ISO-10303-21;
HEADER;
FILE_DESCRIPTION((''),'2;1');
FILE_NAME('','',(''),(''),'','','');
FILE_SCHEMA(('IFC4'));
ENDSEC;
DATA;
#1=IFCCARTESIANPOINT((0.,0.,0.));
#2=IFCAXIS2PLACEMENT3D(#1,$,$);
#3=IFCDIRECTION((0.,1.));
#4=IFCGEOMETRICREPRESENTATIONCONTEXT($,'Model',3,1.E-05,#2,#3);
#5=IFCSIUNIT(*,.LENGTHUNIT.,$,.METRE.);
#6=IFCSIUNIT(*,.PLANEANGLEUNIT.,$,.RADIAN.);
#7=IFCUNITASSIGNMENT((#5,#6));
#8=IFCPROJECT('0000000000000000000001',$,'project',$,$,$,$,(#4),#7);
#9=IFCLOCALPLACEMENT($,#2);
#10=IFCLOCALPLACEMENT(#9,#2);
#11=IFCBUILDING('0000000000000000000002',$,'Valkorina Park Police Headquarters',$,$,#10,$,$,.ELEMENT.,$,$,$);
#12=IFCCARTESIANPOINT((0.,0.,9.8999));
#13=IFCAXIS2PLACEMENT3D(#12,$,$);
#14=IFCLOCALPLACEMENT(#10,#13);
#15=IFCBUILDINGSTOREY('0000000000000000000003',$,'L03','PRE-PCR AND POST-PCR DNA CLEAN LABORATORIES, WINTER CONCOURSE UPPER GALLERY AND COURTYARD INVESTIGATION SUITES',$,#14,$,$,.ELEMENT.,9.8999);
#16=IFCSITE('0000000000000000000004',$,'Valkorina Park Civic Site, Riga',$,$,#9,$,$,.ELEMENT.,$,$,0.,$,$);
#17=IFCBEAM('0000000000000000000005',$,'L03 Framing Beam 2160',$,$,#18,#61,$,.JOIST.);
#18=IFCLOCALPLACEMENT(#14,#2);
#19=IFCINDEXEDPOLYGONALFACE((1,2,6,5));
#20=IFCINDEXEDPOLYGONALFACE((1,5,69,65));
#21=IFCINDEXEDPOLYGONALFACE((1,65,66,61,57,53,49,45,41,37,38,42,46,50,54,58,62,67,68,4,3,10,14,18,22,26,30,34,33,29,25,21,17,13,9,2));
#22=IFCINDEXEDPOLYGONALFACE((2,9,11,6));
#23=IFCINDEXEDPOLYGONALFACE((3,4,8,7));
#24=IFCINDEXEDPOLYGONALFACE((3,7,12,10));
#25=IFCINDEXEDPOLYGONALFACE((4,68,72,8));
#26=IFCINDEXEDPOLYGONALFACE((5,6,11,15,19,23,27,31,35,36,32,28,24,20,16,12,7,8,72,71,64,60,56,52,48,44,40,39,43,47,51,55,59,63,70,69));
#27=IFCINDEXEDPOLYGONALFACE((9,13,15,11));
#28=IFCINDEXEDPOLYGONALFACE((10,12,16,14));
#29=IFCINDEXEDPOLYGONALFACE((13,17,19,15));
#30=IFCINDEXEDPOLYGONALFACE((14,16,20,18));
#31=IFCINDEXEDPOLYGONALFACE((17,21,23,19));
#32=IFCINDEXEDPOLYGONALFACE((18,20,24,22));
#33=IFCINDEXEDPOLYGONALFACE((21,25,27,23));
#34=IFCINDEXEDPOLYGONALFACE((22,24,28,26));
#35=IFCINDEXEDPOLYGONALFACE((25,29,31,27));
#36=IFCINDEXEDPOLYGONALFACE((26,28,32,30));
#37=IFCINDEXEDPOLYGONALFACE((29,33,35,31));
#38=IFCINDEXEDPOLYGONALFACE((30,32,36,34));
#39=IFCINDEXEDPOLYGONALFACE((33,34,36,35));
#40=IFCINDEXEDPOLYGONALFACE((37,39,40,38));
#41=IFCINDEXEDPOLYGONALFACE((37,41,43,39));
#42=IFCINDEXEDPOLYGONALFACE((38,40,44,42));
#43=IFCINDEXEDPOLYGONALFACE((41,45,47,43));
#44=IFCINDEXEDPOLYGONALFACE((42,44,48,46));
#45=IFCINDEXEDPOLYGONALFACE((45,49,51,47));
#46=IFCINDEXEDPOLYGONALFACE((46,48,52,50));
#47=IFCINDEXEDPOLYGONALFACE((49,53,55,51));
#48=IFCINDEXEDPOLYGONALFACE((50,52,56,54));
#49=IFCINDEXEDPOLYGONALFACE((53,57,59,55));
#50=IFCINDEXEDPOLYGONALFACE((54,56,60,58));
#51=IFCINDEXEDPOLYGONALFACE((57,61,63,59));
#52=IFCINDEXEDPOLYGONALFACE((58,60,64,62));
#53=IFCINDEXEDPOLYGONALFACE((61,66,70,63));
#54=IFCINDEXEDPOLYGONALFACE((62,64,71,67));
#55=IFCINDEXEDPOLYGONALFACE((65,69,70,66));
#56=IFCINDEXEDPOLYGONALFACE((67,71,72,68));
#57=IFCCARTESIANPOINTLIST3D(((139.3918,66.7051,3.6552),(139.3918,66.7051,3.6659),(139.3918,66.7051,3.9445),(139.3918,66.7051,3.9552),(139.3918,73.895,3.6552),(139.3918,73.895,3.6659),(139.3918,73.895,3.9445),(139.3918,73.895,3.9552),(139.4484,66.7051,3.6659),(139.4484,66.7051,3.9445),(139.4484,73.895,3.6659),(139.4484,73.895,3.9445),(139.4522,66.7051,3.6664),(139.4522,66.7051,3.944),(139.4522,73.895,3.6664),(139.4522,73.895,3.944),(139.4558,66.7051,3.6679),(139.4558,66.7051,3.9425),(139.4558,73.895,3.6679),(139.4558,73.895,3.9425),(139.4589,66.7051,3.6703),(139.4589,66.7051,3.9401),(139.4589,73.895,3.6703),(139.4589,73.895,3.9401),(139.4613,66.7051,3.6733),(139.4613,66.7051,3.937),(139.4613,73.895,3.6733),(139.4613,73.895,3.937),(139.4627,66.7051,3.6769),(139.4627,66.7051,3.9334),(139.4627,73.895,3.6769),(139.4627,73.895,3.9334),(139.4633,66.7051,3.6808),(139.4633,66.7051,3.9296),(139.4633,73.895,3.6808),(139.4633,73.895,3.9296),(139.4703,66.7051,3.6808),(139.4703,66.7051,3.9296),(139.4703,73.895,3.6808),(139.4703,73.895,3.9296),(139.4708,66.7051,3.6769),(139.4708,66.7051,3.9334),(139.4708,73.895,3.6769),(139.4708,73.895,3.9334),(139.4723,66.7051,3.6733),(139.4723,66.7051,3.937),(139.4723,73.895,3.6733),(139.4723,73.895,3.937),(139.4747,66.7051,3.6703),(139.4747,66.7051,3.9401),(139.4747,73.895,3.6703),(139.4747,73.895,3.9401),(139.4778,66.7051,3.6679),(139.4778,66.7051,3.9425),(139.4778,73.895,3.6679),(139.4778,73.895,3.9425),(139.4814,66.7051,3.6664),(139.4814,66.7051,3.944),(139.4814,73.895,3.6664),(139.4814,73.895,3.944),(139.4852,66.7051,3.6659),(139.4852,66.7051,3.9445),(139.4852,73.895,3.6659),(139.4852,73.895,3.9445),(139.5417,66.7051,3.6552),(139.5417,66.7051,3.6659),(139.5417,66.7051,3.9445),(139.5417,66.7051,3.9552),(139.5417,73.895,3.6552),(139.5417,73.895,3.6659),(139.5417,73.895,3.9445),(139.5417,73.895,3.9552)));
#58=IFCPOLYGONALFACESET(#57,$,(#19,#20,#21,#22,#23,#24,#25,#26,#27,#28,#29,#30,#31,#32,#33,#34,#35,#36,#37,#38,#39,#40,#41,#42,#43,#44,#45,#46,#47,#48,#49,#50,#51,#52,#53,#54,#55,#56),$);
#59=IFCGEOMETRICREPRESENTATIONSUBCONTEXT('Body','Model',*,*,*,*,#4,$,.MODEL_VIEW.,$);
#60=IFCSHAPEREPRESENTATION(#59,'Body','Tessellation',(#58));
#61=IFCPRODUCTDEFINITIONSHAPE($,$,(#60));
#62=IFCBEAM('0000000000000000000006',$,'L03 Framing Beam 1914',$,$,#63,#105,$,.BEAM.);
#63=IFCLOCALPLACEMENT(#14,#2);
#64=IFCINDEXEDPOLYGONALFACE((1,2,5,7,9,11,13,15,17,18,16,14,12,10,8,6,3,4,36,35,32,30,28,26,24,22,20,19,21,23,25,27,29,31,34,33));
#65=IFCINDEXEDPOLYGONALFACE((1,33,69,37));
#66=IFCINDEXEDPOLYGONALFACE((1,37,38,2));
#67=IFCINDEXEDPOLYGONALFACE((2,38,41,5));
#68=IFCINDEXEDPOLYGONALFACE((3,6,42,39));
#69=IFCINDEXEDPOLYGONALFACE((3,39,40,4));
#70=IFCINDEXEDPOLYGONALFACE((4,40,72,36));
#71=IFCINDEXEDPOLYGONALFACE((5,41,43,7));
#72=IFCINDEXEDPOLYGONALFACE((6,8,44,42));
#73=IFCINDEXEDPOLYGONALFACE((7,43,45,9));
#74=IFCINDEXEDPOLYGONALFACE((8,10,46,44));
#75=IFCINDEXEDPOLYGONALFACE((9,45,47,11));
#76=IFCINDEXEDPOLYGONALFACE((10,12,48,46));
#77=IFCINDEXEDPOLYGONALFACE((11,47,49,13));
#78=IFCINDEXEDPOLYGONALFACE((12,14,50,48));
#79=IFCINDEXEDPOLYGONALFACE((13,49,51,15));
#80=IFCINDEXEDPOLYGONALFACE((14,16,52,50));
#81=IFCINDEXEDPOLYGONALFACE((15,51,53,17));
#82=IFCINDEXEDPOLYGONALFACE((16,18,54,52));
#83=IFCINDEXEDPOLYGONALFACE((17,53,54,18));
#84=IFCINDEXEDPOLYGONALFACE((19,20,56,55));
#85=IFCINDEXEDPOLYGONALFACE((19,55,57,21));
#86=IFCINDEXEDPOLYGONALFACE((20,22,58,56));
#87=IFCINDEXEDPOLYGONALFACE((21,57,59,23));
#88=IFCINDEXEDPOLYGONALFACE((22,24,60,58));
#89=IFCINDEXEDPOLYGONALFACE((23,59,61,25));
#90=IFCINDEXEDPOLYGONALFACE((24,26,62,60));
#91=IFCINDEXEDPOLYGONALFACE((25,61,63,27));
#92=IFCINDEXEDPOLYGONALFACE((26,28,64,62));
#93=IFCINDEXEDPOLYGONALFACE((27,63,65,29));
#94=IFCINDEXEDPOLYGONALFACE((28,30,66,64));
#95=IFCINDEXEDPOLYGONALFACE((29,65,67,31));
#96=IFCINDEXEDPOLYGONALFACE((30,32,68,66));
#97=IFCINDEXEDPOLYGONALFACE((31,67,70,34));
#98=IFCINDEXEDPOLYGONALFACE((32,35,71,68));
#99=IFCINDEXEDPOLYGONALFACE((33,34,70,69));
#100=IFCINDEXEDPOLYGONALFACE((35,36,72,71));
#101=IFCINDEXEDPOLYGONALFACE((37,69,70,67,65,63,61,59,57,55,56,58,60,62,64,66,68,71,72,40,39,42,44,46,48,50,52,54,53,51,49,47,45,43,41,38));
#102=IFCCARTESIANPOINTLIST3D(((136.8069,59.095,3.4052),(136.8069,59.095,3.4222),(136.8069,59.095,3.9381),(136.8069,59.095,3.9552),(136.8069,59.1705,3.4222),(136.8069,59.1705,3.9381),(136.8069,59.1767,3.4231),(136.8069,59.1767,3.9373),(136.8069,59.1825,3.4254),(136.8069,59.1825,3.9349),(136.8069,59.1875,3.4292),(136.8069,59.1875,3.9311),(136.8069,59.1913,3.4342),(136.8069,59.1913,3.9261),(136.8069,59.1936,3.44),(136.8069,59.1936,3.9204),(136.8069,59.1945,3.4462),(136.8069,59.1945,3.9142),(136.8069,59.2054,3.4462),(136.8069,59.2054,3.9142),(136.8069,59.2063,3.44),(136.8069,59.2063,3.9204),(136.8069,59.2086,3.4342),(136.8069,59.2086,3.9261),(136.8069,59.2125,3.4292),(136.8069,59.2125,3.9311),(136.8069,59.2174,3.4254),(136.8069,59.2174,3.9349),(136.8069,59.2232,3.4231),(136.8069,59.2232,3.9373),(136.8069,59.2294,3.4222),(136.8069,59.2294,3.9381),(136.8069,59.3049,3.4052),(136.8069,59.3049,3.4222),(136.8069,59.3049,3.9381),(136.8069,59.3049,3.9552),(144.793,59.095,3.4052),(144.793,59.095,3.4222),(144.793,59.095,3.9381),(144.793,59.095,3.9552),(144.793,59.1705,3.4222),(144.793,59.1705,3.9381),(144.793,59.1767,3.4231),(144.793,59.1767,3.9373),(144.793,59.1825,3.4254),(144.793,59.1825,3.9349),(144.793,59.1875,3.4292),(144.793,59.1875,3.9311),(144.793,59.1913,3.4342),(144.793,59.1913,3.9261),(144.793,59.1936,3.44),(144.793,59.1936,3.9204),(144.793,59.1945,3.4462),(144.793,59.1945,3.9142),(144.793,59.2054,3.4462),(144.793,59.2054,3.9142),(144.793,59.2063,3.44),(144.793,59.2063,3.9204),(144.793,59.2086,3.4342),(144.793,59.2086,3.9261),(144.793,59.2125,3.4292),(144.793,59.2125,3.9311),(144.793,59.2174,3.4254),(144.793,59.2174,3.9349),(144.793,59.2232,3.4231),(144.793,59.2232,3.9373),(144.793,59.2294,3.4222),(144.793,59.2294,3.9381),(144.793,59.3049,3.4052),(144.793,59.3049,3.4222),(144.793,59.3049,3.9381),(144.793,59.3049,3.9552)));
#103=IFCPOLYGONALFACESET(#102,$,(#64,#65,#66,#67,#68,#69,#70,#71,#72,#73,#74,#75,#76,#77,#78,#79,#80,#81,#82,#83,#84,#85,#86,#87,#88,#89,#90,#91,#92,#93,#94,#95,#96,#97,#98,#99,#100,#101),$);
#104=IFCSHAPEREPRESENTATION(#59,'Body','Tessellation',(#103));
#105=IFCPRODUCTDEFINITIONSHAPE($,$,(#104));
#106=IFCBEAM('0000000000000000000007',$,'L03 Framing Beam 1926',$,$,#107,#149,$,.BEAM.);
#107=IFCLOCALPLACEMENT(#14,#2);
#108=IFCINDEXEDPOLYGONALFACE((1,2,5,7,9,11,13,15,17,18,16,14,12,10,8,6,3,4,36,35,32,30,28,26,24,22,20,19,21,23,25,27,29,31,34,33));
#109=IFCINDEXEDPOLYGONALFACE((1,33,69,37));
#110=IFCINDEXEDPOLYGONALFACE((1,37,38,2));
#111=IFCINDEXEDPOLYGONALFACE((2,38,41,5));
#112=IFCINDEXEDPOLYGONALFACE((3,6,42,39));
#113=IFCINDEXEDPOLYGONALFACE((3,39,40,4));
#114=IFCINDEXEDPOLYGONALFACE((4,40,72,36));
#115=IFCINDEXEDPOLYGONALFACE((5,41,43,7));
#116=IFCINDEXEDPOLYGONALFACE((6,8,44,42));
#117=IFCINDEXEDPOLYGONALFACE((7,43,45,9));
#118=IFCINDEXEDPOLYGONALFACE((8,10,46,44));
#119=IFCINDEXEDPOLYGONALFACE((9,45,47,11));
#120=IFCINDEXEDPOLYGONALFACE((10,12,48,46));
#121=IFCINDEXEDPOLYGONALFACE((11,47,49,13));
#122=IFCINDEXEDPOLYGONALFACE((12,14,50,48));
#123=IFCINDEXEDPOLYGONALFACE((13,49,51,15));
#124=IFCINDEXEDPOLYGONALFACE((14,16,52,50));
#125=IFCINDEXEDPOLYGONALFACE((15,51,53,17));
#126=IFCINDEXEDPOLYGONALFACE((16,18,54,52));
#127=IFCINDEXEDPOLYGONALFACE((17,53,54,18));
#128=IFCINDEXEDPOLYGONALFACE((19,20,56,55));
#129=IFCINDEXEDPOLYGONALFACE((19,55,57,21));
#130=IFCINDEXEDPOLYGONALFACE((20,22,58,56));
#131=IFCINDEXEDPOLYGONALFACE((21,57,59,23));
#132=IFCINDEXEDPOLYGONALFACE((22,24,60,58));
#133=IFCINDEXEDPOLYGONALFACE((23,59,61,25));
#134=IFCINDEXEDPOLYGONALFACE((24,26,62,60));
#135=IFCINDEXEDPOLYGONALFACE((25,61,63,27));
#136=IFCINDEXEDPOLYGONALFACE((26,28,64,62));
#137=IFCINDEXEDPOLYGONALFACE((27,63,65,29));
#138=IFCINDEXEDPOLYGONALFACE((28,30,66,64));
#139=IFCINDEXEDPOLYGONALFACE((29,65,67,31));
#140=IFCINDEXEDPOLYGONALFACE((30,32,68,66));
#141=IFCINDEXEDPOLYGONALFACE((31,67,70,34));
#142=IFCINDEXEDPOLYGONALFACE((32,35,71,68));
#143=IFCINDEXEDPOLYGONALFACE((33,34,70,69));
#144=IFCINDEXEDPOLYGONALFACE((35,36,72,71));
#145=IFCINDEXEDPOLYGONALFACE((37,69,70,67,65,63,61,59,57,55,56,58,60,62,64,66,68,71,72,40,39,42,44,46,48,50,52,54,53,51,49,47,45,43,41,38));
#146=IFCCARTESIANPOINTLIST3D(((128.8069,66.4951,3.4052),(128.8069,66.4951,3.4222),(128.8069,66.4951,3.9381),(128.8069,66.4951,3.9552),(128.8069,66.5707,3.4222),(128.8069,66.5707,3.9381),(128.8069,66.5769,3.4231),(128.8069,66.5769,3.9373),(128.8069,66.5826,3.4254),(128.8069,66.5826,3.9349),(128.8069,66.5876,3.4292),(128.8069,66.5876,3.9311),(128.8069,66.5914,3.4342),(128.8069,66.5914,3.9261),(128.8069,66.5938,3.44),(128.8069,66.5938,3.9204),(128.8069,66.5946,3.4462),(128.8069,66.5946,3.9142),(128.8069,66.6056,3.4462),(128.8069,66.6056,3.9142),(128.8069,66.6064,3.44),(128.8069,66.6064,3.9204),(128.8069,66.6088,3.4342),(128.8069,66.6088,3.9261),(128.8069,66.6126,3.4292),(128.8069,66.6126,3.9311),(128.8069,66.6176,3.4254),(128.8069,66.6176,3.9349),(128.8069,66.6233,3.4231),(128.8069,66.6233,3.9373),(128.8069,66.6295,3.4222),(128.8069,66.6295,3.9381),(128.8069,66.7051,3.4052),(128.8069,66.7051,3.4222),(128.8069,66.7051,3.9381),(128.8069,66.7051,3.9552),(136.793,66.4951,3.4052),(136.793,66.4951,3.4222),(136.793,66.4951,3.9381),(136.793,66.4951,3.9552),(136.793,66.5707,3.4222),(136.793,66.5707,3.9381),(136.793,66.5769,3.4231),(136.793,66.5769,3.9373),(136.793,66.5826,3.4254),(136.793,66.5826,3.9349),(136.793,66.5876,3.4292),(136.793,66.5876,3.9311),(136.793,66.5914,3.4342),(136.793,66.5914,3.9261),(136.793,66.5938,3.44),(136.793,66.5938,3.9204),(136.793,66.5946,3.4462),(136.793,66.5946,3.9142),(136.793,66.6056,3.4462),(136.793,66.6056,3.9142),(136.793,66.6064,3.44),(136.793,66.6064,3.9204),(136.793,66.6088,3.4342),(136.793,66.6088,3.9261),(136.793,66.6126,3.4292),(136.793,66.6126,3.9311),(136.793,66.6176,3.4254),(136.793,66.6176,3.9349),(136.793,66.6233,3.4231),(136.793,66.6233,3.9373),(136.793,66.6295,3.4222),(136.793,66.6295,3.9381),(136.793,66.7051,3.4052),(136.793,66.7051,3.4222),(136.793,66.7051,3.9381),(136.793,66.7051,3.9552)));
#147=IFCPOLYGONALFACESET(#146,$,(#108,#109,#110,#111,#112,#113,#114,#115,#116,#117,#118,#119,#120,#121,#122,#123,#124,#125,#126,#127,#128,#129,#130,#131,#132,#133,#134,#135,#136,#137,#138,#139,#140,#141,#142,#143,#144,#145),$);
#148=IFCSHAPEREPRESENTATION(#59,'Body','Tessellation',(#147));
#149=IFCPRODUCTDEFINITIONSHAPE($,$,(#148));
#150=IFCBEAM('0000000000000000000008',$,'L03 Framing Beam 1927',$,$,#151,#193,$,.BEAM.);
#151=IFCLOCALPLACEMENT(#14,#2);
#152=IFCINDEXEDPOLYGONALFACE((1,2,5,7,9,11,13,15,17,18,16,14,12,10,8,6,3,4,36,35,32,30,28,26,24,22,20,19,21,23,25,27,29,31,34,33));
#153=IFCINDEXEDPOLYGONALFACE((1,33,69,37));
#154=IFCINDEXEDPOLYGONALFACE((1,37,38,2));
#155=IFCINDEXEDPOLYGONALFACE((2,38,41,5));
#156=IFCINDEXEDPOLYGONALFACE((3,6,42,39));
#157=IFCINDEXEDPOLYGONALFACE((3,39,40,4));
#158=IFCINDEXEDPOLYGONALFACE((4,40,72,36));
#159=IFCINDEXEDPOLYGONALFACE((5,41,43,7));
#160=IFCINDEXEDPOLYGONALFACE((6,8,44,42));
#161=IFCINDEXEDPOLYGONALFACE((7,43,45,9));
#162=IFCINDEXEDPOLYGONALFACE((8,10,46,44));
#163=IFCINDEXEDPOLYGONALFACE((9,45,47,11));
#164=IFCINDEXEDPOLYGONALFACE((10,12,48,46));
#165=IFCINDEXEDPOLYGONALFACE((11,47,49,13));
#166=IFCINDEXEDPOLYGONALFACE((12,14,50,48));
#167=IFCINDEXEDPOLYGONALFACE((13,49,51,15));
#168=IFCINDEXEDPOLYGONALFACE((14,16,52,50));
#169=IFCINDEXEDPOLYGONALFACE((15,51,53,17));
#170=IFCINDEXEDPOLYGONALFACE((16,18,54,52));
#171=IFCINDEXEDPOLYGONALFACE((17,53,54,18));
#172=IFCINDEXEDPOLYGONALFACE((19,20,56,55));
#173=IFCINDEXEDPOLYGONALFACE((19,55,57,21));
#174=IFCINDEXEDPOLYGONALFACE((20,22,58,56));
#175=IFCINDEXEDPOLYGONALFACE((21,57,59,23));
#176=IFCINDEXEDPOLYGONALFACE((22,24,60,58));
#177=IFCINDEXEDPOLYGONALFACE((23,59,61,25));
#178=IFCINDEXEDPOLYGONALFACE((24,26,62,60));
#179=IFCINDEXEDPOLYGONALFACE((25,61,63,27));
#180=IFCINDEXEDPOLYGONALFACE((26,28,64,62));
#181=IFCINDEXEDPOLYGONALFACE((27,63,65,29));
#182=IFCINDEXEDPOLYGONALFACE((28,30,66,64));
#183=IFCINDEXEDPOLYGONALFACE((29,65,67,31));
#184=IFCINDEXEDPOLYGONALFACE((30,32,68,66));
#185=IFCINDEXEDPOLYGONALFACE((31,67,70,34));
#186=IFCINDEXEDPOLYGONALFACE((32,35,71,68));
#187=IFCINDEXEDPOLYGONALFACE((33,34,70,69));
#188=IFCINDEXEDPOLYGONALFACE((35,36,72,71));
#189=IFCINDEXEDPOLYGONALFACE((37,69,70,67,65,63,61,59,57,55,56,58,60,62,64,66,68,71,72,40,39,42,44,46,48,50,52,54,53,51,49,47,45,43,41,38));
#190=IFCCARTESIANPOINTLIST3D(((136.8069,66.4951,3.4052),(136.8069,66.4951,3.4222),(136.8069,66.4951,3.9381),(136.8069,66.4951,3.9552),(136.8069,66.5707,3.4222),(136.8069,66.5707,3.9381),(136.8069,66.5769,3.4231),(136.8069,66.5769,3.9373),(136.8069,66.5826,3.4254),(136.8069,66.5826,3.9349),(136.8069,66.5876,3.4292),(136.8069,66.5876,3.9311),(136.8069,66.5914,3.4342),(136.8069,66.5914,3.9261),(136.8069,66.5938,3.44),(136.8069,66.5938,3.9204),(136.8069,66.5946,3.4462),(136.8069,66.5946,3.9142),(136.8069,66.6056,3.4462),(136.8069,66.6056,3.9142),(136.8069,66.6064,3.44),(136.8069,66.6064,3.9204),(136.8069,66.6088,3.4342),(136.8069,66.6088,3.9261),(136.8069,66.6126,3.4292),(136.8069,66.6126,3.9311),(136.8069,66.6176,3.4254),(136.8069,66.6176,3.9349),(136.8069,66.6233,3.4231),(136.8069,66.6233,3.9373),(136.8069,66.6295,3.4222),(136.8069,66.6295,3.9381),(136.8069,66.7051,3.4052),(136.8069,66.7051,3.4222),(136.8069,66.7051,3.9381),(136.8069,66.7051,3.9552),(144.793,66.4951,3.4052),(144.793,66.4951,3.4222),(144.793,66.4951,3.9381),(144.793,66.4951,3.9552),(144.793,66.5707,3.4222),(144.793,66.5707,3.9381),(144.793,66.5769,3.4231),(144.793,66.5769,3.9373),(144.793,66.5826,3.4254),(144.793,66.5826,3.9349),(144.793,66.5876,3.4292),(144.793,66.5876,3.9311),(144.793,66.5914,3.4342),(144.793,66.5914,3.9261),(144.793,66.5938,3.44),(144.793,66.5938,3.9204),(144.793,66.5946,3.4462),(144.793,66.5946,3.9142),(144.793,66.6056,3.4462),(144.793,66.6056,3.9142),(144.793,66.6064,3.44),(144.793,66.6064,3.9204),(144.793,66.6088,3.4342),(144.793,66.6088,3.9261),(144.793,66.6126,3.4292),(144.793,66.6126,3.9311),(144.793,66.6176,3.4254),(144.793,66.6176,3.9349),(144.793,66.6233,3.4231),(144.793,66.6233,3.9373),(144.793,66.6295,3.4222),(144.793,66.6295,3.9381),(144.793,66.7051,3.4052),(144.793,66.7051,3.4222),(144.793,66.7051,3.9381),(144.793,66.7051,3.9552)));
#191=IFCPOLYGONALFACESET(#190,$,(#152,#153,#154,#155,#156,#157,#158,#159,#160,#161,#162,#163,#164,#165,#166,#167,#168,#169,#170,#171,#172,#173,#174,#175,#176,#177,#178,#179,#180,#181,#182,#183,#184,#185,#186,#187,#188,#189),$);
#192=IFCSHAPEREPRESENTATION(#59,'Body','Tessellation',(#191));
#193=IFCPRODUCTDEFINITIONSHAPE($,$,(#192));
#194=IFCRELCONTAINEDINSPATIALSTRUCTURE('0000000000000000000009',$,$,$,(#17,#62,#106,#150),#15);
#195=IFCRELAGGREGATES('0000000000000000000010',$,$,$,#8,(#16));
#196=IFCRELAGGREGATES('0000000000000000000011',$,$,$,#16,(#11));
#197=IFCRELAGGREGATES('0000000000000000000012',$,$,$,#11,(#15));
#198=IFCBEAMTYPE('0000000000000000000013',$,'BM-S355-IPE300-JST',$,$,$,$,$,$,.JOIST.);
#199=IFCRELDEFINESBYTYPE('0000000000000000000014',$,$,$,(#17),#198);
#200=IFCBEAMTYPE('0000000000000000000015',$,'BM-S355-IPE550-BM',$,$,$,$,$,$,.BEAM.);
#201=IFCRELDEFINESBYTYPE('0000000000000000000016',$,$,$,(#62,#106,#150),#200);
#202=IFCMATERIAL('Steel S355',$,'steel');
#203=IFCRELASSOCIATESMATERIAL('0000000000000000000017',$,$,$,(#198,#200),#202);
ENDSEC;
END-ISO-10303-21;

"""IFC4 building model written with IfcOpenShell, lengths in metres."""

from ifc_helpers import new_model, si_unit, direction, frame, origin, origin_2d, place, context, subcontext, project, spatial, i_section, extrude, material, material_profile, profile_set, type_object, element, save


model = new_model("IFC4")

# Units and contexts
model_context = context("Model", 3, precision=1e-05, world=origin(), true_north=direction((0.0, 1.0)))
body_context = subcontext(model_context, "Body", "Model", "MODEL_VIEW")
ifc_project = project(units=[si_unit("LENGTHUNIT", "METRE"), si_unit("PLANEANGLEUNIT", "RADIAN")], contexts=[model_context])

# Site, building, storey
site_placement = place(None, origin())
site = spatial("IfcSite", under=ifc_project, at=site_placement, Name="Valkorina Park Civic Site, Riga", CompositionType="ELEMENT", RefElevation=0.0)
building_placement = place(site_placement, origin())
building = spatial("IfcBuilding", under=site, at=building_placement, Name="Valkorina Park Police Headquarters", CompositionType="ELEMENT")
storey_placement = place(building_placement, frame((0.0, 0.0, 9.8999)))
storey = spatial("IfcBuildingStorey", under=building, at=storey_placement, Name="L03", Description="PRE-PCR AND POST-PCR DNA CLEAN LABORATORIES, WINTER CONCOURSE UPPER GALLERY AND COURTYARD INVESTIGATION SUITES", CompositionType="ELEMENT", Elevation=9.8999)

# Shared definitions
ifc_material_1 = material(Name="Steel S355", Category="steel")

# Beams
ifc_material_profile_1 = material_profile(ifc_material_1, i_section(OverallWidth=0.1499, OverallDepth=0.3, WebThickness=0.0071, FlangeThickness=0.0107, FilletRadius=0.0149, at=origin_2d()), Name="IPE 300")
ifc_profile_set_1 = profile_set([ifc_material_profile_1], Name="Steel S355")
beam_type_1 = type_object("IfcBeamType", Name="BM-S355-IPE300-JST", PredefinedType="JOIST", material=ifc_profile_set_1)
beam_1_placement = place(storey_placement, frame((139.4668, 66.7051, 3.8052), z_axis=(0.0, 1.0, 0.0), x_axis=(-1.0, 0.0, 0.0)))
element("IfcBeam", 1, at=beam_1_placement, inside=storey, type_object=beam_type_1, Name="L03 Framing Beam 2160", PredefinedType="JOIST", context=body_context, shape_type="SweptSolid", body=[
    extrude(i_section(OverallWidth=0.1499, OverallDepth=0.3, WebThickness=0.0071, FlangeThickness=0.0107, FilletRadius=0.0149, at=origin_2d()), origin(), (0.0, 0.0, 1.0), 7.1899),
])
ifc_material_profile_2 = material_profile(ifc_material_1, i_section(OverallWidth=0.21, OverallDepth=0.55, WebThickness=0.011, FlangeThickness=0.0171, FilletRadius=0.0239, at=origin_2d()), Name="IPE 550")
ifc_profile_set_2 = profile_set([ifc_material_profile_2], Name="Steel S355")
beam_type_2 = type_object("IfcBeamType", Name="BM-S355-IPE550-BM", PredefinedType="BEAM", material=ifc_profile_set_2)
for number, where, z_axis, x_axis, name in (
    (2, (136.8069, 59.2, 3.6802), (1.0, 0.0, 0.0), (0.0, 1.0, 0.0), "L03 Framing Beam 1914"),
    (3, (128.8069, 66.6001, 3.6802), (1.0, 0.0, 0.0), (0.0, 1.0, 0.0), "L03 Framing Beam 1926"),
    (4, (136.8069, 66.6001, 3.6802), (1.0, 0.0, 0.0), (0.0, 1.0, 0.0), "L03 Framing Beam 1927"),
):
    element("IfcBeam", number, at=place(storey_placement, frame(where, z_axis=z_axis, x_axis=x_axis)), inside=storey, type_object=beam_type_2, Name=name, PredefinedType="BEAM", context=body_context, shape_type="SweptSolid", body=[
        extrude(i_section(OverallWidth=0.21, OverallDepth=0.55, WebThickness=0.011, FlangeThickness=0.0171, FilletRadius=0.0239, at=origin_2d()), origin(), (0.0, 0.0, 1.0), 7.9861),
    ])

save(model, "model.ifc")
